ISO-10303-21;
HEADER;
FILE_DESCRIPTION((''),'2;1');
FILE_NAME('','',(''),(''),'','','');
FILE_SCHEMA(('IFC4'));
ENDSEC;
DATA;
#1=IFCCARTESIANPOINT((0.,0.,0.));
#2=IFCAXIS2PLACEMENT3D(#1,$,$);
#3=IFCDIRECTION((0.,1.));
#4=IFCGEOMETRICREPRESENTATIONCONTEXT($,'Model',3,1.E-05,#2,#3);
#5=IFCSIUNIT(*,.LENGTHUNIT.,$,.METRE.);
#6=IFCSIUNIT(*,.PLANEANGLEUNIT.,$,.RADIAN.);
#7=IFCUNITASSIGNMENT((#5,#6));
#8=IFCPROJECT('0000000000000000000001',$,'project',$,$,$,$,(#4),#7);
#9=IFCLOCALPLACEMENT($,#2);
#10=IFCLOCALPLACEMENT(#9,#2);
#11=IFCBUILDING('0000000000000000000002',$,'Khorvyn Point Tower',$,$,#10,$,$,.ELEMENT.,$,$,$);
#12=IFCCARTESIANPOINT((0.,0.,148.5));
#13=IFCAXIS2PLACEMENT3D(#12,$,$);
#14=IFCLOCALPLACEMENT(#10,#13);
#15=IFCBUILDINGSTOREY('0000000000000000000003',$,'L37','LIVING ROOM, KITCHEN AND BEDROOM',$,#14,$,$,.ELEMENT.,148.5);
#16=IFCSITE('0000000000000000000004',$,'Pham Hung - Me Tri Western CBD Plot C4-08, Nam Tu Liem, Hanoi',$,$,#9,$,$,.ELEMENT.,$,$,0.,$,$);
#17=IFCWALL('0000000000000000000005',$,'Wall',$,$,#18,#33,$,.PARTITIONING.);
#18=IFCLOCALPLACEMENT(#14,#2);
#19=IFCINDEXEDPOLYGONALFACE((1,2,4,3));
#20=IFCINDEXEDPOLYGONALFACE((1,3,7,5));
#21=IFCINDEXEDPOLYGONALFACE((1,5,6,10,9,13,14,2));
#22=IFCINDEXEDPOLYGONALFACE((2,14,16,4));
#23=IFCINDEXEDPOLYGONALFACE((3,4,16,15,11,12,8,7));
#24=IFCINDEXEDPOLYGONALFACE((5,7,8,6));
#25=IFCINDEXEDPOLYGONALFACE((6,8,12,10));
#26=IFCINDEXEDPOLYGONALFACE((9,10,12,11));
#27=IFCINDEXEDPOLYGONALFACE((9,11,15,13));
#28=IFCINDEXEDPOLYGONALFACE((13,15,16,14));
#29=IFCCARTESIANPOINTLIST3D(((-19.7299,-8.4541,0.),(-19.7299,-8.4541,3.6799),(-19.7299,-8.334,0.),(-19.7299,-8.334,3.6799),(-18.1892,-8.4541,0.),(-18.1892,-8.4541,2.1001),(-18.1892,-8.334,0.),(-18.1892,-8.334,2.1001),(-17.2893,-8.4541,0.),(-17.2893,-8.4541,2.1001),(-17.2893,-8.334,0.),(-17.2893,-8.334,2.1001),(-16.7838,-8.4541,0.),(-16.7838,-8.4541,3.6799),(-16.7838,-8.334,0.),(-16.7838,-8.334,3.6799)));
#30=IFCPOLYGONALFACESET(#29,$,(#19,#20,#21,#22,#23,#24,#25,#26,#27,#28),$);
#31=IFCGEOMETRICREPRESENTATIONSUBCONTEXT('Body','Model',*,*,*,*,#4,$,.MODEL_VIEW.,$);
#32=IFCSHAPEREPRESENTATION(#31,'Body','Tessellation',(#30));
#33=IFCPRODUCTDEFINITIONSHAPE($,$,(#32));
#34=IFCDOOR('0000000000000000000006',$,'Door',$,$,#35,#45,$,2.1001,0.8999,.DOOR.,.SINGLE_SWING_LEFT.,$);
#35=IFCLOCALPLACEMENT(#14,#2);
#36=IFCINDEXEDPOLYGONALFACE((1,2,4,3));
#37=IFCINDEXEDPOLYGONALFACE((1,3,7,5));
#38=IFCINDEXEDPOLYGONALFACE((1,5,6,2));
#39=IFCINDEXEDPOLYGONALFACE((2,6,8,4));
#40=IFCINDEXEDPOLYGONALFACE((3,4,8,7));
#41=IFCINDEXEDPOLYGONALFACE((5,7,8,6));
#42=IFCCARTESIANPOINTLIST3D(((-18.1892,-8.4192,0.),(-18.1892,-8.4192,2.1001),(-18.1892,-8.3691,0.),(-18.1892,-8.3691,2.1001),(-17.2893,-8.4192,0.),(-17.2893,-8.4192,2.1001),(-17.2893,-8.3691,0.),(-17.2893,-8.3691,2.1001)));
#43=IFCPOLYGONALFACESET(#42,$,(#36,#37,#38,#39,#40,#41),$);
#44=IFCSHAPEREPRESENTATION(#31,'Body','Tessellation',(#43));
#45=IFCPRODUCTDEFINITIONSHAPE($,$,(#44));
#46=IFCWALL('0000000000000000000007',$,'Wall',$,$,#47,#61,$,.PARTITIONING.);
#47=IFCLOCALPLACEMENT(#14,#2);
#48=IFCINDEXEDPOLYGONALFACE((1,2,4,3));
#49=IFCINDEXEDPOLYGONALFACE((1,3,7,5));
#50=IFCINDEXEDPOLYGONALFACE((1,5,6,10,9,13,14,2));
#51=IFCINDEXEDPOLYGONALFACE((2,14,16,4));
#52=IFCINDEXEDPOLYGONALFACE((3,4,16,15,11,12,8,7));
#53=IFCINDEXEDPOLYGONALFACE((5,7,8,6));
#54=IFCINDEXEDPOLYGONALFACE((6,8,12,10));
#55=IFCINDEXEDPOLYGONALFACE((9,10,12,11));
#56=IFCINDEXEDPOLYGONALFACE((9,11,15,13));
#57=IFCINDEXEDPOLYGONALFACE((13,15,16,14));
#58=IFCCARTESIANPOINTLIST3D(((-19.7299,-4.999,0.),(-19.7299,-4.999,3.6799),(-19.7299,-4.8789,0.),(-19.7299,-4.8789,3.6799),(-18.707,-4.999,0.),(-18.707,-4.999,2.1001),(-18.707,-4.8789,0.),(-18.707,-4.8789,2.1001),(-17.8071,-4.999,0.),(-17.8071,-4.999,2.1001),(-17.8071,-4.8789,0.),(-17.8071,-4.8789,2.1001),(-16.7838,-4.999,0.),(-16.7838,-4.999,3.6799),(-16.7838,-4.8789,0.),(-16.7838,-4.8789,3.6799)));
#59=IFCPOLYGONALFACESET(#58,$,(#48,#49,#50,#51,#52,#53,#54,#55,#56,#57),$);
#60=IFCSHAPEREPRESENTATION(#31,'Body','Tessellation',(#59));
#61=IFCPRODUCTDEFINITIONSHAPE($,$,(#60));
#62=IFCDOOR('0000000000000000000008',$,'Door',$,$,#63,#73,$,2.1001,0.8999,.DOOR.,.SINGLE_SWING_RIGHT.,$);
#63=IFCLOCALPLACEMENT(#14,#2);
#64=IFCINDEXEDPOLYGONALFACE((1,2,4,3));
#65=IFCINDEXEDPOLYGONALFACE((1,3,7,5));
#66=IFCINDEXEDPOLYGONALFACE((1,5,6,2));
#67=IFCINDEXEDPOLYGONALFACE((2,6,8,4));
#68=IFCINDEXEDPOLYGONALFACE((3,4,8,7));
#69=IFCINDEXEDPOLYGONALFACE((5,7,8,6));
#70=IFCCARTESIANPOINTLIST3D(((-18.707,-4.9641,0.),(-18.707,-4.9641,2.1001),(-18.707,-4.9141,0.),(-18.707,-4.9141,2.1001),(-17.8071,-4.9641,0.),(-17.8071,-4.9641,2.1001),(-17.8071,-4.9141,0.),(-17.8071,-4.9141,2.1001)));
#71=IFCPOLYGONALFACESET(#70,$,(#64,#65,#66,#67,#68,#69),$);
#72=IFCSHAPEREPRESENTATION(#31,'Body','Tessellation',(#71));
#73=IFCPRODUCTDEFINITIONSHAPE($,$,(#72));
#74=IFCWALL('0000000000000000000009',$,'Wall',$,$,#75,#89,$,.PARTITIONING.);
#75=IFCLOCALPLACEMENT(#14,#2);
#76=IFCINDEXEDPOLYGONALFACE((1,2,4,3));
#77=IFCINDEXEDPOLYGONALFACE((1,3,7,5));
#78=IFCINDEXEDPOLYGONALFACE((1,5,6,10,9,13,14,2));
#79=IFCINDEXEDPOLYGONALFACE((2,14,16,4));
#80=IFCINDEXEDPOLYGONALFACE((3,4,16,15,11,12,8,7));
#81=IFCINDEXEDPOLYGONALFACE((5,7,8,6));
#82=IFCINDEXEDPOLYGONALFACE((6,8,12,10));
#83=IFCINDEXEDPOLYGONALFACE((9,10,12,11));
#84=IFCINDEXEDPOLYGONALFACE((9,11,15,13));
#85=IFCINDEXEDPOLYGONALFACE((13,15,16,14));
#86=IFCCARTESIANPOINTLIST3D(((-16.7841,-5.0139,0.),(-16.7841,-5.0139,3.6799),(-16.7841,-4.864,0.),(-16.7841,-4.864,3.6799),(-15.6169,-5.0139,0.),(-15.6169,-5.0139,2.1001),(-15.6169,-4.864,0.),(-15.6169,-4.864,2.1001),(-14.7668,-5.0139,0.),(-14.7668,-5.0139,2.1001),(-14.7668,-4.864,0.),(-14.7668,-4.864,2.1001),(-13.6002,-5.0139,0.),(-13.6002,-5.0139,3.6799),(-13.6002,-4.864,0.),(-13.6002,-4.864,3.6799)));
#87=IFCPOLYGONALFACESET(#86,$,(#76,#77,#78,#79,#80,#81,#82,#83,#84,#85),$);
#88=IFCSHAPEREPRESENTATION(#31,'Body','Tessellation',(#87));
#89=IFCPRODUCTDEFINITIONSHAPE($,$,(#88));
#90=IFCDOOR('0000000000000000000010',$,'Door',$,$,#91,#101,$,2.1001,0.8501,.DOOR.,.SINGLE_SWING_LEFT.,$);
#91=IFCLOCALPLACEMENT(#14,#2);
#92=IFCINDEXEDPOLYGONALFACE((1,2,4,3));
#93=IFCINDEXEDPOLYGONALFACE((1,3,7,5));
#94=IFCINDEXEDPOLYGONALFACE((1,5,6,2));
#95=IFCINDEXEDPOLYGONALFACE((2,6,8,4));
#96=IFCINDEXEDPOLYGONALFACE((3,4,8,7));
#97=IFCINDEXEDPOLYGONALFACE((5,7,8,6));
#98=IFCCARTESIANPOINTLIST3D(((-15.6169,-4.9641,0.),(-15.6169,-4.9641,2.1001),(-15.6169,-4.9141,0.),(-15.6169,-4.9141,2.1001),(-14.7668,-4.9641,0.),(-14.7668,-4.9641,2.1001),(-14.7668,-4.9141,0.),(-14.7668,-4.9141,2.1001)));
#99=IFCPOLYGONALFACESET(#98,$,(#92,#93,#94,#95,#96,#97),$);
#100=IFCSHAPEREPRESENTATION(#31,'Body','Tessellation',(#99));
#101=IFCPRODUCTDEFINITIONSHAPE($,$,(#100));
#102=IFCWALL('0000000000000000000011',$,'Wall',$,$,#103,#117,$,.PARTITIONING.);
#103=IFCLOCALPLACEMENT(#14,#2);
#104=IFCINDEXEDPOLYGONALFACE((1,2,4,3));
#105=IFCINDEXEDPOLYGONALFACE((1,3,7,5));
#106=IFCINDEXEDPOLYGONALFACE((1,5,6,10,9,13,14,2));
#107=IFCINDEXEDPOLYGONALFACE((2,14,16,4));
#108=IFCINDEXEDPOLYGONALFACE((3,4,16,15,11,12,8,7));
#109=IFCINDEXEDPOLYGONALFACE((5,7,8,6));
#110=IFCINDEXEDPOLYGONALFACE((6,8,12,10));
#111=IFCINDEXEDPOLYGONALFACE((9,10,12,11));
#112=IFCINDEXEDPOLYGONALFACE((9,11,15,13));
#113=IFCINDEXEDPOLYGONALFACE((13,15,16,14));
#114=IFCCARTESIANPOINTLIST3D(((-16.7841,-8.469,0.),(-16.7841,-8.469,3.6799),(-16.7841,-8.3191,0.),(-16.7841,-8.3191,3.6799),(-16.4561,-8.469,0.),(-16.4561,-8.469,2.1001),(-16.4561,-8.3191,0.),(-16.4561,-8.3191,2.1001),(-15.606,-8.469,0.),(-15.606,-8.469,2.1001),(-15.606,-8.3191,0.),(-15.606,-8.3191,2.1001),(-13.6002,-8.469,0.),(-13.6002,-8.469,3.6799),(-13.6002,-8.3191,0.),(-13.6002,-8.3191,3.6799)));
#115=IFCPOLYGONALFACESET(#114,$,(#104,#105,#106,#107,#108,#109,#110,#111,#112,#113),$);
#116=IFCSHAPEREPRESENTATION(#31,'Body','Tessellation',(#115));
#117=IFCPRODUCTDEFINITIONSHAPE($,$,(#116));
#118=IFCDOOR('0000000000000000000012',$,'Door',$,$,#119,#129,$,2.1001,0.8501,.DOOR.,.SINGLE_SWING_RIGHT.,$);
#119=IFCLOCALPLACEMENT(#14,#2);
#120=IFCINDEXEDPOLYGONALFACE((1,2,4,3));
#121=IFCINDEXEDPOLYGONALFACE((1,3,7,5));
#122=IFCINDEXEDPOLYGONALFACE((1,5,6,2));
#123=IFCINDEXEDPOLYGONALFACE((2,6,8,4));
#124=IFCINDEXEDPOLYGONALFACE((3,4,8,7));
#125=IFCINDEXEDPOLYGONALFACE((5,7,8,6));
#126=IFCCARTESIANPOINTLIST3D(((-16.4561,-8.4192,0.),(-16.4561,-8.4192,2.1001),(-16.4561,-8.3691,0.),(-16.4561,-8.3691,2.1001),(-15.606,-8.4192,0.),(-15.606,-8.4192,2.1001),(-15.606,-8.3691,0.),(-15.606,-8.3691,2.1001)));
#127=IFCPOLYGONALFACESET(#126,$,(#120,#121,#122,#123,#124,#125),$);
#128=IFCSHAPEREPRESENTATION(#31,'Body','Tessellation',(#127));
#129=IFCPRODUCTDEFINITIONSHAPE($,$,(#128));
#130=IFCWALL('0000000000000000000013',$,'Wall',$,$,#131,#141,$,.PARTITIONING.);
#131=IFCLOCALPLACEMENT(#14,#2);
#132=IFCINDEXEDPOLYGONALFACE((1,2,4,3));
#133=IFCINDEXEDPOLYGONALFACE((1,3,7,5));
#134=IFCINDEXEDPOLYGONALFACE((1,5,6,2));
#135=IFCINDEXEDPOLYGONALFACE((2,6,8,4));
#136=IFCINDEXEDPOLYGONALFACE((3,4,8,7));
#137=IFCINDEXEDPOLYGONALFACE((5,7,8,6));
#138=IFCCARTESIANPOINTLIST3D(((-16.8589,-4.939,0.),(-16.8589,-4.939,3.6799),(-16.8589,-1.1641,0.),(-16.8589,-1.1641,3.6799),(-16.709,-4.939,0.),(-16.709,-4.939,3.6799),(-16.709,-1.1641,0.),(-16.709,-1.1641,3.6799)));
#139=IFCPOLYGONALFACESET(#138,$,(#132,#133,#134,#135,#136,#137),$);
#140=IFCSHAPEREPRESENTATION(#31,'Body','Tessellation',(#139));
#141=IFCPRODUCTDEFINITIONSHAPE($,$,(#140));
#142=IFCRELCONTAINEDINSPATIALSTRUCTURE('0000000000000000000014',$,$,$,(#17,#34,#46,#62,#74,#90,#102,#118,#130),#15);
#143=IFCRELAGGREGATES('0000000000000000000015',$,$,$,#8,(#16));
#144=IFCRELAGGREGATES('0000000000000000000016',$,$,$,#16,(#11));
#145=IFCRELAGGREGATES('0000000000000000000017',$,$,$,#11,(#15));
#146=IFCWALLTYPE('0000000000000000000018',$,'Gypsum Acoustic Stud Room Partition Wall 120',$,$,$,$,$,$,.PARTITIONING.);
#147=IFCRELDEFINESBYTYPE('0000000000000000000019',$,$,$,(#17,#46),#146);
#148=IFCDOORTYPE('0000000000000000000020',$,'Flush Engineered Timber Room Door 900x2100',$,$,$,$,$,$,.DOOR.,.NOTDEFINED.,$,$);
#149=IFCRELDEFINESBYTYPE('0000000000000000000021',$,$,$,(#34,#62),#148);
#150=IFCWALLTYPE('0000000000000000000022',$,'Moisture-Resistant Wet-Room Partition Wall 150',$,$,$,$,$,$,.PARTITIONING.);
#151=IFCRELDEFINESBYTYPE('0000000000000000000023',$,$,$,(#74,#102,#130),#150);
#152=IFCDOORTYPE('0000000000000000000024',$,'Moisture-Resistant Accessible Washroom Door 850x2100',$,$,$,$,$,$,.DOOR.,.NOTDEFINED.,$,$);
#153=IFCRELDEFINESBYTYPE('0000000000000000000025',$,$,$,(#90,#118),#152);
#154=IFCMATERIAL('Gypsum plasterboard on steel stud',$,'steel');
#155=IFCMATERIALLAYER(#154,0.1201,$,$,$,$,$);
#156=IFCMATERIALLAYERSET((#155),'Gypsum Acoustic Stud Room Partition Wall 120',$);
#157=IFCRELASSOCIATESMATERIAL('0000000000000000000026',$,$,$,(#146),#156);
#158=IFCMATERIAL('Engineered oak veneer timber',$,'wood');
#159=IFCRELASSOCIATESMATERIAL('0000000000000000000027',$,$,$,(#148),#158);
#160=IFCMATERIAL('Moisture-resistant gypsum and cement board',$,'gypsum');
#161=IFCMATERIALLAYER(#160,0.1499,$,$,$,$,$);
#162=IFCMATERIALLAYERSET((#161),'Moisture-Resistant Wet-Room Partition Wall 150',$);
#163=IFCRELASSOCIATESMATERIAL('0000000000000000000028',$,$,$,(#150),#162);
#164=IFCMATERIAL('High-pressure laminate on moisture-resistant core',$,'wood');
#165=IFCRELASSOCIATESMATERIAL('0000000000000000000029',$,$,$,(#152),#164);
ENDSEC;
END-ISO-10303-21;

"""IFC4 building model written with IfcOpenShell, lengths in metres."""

from ifc_helpers import new_model, si_unit, direction, frame, frame_2d, origin, place, context, subcontext, project, spatial, rectangle, extrude, material, layer, layer_set, type_object, element, fill, save


model = new_model("IFC4")

# Units and contexts
model_context = context("Model", 3, precision=1e-05, world=origin(), true_north=direction((0.0, 1.0)))
body_context = subcontext(model_context, "Body", "Model", "MODEL_VIEW")
ifc_project = project(units=[si_unit("LENGTHUNIT", "METRE"), si_unit("PLANEANGLEUNIT", "RADIAN")], contexts=[model_context])

# Site, building, storey
site_placement = place(None, origin())
site = spatial("IfcSite", under=ifc_project, at=site_placement, Name="Pham Hung - Me Tri Western CBD Plot C4-08, Nam Tu Liem, Hanoi", CompositionType="ELEMENT", RefElevation=0.0)
building_placement = place(site_placement, origin())
building = spatial("IfcBuilding", under=site, at=building_placement, Name="Khorvyn Point Tower", CompositionType="ELEMENT")
storey_placement = place(building_placement, frame((0.0, 0.0, 148.5)))
storey = spatial("IfcBuildingStorey", under=building, at=storey_placement, Name="L37", Description="LIVING ROOM, KITCHEN AND BEDROOM", CompositionType="ELEMENT", Elevation=148.5)

# Walls, openings, doors
ifc_material_1 = material(Name="Gypsum plasterboard on steel stud", Category="steel")
ifc_layer_1 = layer(ifc_material_1, 0.1201)
ifc_layer_set_1 = layer_set([ifc_layer_1], Name="Gypsum Acoustic Stud Room Partition Wall 120")
wall_type_1 = type_object("IfcWallType", Name="Gypsum Acoustic Stud Room Partition Wall 120", PredefinedType="PARTITIONING", material=ifc_layer_set_1)
wall_1_placement = place(storey_placement, frame((-19.73, -8.394, 0.0), z_axis=(0.0, 0.0, 1.0), x_axis=(1.0, 0.0, 0.0)))
wall_1 = element("IfcWall", 1, at=wall_1_placement, inside=storey, type_object=wall_type_1, Name="Wall", PredefinedType="PARTITIONING", context=body_context, shape_type="SweptSolid", body=[
    extrude(rectangle(XDim=2.946, YDim=0.1201, at=frame_2d((1.4731, 0.0))), origin(), (0.0, 0.0, 1.0), 3.6799),
])
opening_1_placement = place(wall_1_placement, frame((1.5408, 0.0, 0.0)))
opening_1 = element("IfcOpeningElement", 2, at=opening_1_placement, cuts=wall_1, PredefinedType="OPENING", context=body_context, shape_type="SweptSolid", body=[
    extrude(rectangle(XDim=0.8999, YDim=2.1001, at=frame_2d((0.45, 1.05))), frame((0.0, 0.0701, 0.0), z_axis=(0.0, -1.0, 0.0), x_axis=(1.0, 0.0, 0.0)), (0.0, 0.0, 1.0), 0.1401),
])
ifc_material_2 = material(Name="Engineered oak veneer timber", Category="wood")
door_type_1 = type_object("IfcDoorType", Name="Flush Engineered Timber Room Door 900x2100", OperationType="NOTDEFINED", PredefinedType="DOOR", material=ifc_material_2)
door_1_placement = place(opening_1_placement, origin())
door_1 = element("IfcDoor", 3, at=door_1_placement, inside=storey, type_object=door_type_1, Name="Door", OperationType="SINGLE_SWING_LEFT", OverallHeight=2.1001, OverallWidth=0.8999, PredefinedType="DOOR", context=body_context, shape_type="SweptSolid", body=[
    extrude(rectangle(XDim=0.8999, YDim=2.1001, at=frame_2d((0.45, 1.05))), frame((0.0, 0.0249, 0.0), z_axis=(0.0, -1.0, 0.0), x_axis=(1.0, 0.0, 0.0)), (0.0, 0.0, 1.0), 0.05),
])
fill(opening_1, door_1)
wall_2_placement = place(storey_placement, frame((-19.73, -4.939, 0.0), z_axis=(0.0, 0.0, 1.0), x_axis=(1.0, 0.0, 0.0)))
wall_2 = element("IfcWall", 4, at=wall_2_placement, inside=storey, type_object=wall_type_1, Name="Wall", PredefinedType="PARTITIONING", context=body_context, shape_type="SweptSolid", body=[
    extrude(rectangle(XDim=2.946, YDim=0.1201, at=frame_2d((1.4731, 0.0))), origin(), (0.0, 0.0, 1.0), 3.6799),
])
opening_2_placement = place(wall_2_placement, frame((1.0229, 0.0, 0.0)))
opening_2 = element("IfcOpeningElement", 5, at=opening_2_placement, cuts=wall_2, PredefinedType="OPENING", context=body_context, shape_type="SweptSolid", body=[
    extrude(rectangle(XDim=0.8999, YDim=2.1001, at=frame_2d((0.45, 1.05))), frame((0.0, 0.0701, 0.0), z_axis=(0.0, -1.0, 0.0), x_axis=(1.0, 0.0, 0.0)), (0.0, 0.0, 1.0), 0.1401),
])
door_2_placement = place(opening_2_placement, origin())
door_2 = element("IfcDoor", 6, at=door_2_placement, inside=storey, type_object=door_type_1, Name="Door", OperationType="SINGLE_SWING_RIGHT", OverallHeight=2.1001, OverallWidth=0.8999, PredefinedType="DOOR", context=body_context, shape_type="SweptSolid", body=[
    extrude(rectangle(XDim=0.8999, YDim=2.1001, at=frame_2d((0.45, 1.05))), frame((0.0, 0.0249, 0.0), z_axis=(0.0, -1.0, 0.0), x_axis=(1.0, 0.0, 0.0)), (0.0, 0.0, 1.0), 0.05),
])
fill(opening_2, door_2)
ifc_material_3 = material(Name="Moisture-resistant gypsum and cement board", Category="gypsum")
ifc_layer_2 = layer(ifc_material_3, 0.1499)
ifc_layer_set_2 = layer_set([ifc_layer_2], Name="Moisture-Resistant Wet-Room Partition Wall 150")
wall_type_2 = type_object("IfcWallType", Name="Moisture-Resistant Wet-Room Partition Wall 150", PredefinedType="PARTITIONING", material=ifc_layer_set_2)
wall_3_placement = place(storey_placement, frame((-16.7839, -4.939, 0.0), z_axis=(0.0, 0.0, 1.0), x_axis=(1.0, 0.0, 0.0)))
wall_3 = element("IfcWall", 7, at=wall_3_placement, inside=storey, type_object=wall_type_2, Name="Wall", PredefinedType="PARTITIONING", context=body_context, shape_type="SweptSolid", body=[
    extrude(rectangle(XDim=3.1838, YDim=0.1499, at=frame_2d((1.5918, 0.0))), origin(), (0.0, 0.0, 1.0), 3.6799),
])
opening_3_placement = place(wall_3_placement, frame((1.167, 0.0, 0.0)))
opening_3 = element("IfcOpeningElement", 8, at=opening_3_placement, cuts=wall_3, PredefinedType="OPENING", context=body_context, shape_type="SweptSolid", body=[
    extrude(rectangle(XDim=0.8501, YDim=2.1001, at=frame_2d((0.425, 1.05))), frame((0.0, 0.085, 0.0), z_axis=(0.0, -1.0, 0.0), x_axis=(1.0, 0.0, 0.0)), (0.0, 0.0, 1.0), 0.1699),
])
ifc_material_4 = material(Name="High-pressure laminate on moisture-resistant core", Category="wood")
door_type_2 = type_object("IfcDoorType", Name="Moisture-Resistant Accessible Washroom Door 850x2100", OperationType="NOTDEFINED", PredefinedType="DOOR", material=ifc_material_4)
door_3_placement = place(opening_3_placement, origin())
door_3 = element("IfcDoor", 9, at=door_3_placement, inside=storey, type_object=door_type_2, Name="Door", OperationType="SINGLE_SWING_LEFT", OverallHeight=2.1001, OverallWidth=0.8501, PredefinedType="DOOR", context=body_context, shape_type="SweptSolid", body=[
    extrude(rectangle(XDim=0.8501, YDim=2.1001, at=frame_2d((0.425, 1.05))), frame((0.0, 0.0249, 0.0), z_axis=(0.0, -1.0, 0.0), x_axis=(1.0, 0.0, 0.0)), (0.0, 0.0, 1.0), 0.05),
])
fill(opening_3, door_3)
wall_4_placement = place(storey_placement, frame((-16.7839, -8.394, 0.0), z_axis=(0.0, 0.0, 1.0), x_axis=(1.0, 0.0, 0.0)))
wall_4 = element("IfcWall", 10, at=wall_4_placement, inside=storey, type_object=wall_type_2, Name="Wall", PredefinedType="PARTITIONING", context=body_context, shape_type="SweptSolid", body=[
    extrude(rectangle(XDim=3.1838, YDim=0.1499, at=frame_2d((1.5918, 0.0))), origin(), (0.0, 0.0, 1.0), 3.6799),
])
opening_4_placement = place(wall_4_placement, frame((0.3279, 0.0, 0.0)))
opening_4 = element("IfcOpeningElement", 11, at=opening_4_placement, cuts=wall_4, PredefinedType="OPENING", context=body_context, shape_type="SweptSolid", body=[
    extrude(rectangle(XDim=0.8501, YDim=2.1001, at=frame_2d((0.425, 1.05))), frame((0.0, 0.085, 0.0), z_axis=(0.0, -1.0, 0.0), x_axis=(1.0, 0.0, 0.0)), (0.0, 0.0, 1.0), 0.1699),
])
door_4_placement = place(opening_4_placement, origin())
door_4 = element("IfcDoor", 12, at=door_4_placement, inside=storey, type_object=door_type_2, Name="Door", OperationType="SINGLE_SWING_RIGHT", OverallHeight=2.1001, OverallWidth=0.8501, PredefinedType="DOOR", context=body_context, shape_type="SweptSolid", body=[
    extrude(rectangle(XDim=0.8501, YDim=2.1001, at=frame_2d((0.425, 1.05))), frame((0.0, 0.0249, 0.0), z_axis=(0.0, -1.0, 0.0), x_axis=(1.0, 0.0, 0.0)), (0.0, 0.0, 1.0), 0.05),
])
fill(opening_4, door_4)

# Wall
wall_5_placement = place(storey_placement, frame((-16.7839, -4.939, 0.0), z_axis=(0.0, 0.0, 1.0), x_axis=(0.0, 1.0, 0.0)))
element("IfcWall", 13, at=wall_5_placement, inside=storey, type_object=wall_type_2, Name="Wall", PredefinedType="PARTITIONING", context=body_context, shape_type="SweptSolid", body=[
    extrude(rectangle(XDim=3.7749, YDim=0.1499, at=frame_2d((1.8875, 0.0))), origin(), (0.0, 0.0, 1.0), 3.6799),
])

save(model, "model.ifc")
